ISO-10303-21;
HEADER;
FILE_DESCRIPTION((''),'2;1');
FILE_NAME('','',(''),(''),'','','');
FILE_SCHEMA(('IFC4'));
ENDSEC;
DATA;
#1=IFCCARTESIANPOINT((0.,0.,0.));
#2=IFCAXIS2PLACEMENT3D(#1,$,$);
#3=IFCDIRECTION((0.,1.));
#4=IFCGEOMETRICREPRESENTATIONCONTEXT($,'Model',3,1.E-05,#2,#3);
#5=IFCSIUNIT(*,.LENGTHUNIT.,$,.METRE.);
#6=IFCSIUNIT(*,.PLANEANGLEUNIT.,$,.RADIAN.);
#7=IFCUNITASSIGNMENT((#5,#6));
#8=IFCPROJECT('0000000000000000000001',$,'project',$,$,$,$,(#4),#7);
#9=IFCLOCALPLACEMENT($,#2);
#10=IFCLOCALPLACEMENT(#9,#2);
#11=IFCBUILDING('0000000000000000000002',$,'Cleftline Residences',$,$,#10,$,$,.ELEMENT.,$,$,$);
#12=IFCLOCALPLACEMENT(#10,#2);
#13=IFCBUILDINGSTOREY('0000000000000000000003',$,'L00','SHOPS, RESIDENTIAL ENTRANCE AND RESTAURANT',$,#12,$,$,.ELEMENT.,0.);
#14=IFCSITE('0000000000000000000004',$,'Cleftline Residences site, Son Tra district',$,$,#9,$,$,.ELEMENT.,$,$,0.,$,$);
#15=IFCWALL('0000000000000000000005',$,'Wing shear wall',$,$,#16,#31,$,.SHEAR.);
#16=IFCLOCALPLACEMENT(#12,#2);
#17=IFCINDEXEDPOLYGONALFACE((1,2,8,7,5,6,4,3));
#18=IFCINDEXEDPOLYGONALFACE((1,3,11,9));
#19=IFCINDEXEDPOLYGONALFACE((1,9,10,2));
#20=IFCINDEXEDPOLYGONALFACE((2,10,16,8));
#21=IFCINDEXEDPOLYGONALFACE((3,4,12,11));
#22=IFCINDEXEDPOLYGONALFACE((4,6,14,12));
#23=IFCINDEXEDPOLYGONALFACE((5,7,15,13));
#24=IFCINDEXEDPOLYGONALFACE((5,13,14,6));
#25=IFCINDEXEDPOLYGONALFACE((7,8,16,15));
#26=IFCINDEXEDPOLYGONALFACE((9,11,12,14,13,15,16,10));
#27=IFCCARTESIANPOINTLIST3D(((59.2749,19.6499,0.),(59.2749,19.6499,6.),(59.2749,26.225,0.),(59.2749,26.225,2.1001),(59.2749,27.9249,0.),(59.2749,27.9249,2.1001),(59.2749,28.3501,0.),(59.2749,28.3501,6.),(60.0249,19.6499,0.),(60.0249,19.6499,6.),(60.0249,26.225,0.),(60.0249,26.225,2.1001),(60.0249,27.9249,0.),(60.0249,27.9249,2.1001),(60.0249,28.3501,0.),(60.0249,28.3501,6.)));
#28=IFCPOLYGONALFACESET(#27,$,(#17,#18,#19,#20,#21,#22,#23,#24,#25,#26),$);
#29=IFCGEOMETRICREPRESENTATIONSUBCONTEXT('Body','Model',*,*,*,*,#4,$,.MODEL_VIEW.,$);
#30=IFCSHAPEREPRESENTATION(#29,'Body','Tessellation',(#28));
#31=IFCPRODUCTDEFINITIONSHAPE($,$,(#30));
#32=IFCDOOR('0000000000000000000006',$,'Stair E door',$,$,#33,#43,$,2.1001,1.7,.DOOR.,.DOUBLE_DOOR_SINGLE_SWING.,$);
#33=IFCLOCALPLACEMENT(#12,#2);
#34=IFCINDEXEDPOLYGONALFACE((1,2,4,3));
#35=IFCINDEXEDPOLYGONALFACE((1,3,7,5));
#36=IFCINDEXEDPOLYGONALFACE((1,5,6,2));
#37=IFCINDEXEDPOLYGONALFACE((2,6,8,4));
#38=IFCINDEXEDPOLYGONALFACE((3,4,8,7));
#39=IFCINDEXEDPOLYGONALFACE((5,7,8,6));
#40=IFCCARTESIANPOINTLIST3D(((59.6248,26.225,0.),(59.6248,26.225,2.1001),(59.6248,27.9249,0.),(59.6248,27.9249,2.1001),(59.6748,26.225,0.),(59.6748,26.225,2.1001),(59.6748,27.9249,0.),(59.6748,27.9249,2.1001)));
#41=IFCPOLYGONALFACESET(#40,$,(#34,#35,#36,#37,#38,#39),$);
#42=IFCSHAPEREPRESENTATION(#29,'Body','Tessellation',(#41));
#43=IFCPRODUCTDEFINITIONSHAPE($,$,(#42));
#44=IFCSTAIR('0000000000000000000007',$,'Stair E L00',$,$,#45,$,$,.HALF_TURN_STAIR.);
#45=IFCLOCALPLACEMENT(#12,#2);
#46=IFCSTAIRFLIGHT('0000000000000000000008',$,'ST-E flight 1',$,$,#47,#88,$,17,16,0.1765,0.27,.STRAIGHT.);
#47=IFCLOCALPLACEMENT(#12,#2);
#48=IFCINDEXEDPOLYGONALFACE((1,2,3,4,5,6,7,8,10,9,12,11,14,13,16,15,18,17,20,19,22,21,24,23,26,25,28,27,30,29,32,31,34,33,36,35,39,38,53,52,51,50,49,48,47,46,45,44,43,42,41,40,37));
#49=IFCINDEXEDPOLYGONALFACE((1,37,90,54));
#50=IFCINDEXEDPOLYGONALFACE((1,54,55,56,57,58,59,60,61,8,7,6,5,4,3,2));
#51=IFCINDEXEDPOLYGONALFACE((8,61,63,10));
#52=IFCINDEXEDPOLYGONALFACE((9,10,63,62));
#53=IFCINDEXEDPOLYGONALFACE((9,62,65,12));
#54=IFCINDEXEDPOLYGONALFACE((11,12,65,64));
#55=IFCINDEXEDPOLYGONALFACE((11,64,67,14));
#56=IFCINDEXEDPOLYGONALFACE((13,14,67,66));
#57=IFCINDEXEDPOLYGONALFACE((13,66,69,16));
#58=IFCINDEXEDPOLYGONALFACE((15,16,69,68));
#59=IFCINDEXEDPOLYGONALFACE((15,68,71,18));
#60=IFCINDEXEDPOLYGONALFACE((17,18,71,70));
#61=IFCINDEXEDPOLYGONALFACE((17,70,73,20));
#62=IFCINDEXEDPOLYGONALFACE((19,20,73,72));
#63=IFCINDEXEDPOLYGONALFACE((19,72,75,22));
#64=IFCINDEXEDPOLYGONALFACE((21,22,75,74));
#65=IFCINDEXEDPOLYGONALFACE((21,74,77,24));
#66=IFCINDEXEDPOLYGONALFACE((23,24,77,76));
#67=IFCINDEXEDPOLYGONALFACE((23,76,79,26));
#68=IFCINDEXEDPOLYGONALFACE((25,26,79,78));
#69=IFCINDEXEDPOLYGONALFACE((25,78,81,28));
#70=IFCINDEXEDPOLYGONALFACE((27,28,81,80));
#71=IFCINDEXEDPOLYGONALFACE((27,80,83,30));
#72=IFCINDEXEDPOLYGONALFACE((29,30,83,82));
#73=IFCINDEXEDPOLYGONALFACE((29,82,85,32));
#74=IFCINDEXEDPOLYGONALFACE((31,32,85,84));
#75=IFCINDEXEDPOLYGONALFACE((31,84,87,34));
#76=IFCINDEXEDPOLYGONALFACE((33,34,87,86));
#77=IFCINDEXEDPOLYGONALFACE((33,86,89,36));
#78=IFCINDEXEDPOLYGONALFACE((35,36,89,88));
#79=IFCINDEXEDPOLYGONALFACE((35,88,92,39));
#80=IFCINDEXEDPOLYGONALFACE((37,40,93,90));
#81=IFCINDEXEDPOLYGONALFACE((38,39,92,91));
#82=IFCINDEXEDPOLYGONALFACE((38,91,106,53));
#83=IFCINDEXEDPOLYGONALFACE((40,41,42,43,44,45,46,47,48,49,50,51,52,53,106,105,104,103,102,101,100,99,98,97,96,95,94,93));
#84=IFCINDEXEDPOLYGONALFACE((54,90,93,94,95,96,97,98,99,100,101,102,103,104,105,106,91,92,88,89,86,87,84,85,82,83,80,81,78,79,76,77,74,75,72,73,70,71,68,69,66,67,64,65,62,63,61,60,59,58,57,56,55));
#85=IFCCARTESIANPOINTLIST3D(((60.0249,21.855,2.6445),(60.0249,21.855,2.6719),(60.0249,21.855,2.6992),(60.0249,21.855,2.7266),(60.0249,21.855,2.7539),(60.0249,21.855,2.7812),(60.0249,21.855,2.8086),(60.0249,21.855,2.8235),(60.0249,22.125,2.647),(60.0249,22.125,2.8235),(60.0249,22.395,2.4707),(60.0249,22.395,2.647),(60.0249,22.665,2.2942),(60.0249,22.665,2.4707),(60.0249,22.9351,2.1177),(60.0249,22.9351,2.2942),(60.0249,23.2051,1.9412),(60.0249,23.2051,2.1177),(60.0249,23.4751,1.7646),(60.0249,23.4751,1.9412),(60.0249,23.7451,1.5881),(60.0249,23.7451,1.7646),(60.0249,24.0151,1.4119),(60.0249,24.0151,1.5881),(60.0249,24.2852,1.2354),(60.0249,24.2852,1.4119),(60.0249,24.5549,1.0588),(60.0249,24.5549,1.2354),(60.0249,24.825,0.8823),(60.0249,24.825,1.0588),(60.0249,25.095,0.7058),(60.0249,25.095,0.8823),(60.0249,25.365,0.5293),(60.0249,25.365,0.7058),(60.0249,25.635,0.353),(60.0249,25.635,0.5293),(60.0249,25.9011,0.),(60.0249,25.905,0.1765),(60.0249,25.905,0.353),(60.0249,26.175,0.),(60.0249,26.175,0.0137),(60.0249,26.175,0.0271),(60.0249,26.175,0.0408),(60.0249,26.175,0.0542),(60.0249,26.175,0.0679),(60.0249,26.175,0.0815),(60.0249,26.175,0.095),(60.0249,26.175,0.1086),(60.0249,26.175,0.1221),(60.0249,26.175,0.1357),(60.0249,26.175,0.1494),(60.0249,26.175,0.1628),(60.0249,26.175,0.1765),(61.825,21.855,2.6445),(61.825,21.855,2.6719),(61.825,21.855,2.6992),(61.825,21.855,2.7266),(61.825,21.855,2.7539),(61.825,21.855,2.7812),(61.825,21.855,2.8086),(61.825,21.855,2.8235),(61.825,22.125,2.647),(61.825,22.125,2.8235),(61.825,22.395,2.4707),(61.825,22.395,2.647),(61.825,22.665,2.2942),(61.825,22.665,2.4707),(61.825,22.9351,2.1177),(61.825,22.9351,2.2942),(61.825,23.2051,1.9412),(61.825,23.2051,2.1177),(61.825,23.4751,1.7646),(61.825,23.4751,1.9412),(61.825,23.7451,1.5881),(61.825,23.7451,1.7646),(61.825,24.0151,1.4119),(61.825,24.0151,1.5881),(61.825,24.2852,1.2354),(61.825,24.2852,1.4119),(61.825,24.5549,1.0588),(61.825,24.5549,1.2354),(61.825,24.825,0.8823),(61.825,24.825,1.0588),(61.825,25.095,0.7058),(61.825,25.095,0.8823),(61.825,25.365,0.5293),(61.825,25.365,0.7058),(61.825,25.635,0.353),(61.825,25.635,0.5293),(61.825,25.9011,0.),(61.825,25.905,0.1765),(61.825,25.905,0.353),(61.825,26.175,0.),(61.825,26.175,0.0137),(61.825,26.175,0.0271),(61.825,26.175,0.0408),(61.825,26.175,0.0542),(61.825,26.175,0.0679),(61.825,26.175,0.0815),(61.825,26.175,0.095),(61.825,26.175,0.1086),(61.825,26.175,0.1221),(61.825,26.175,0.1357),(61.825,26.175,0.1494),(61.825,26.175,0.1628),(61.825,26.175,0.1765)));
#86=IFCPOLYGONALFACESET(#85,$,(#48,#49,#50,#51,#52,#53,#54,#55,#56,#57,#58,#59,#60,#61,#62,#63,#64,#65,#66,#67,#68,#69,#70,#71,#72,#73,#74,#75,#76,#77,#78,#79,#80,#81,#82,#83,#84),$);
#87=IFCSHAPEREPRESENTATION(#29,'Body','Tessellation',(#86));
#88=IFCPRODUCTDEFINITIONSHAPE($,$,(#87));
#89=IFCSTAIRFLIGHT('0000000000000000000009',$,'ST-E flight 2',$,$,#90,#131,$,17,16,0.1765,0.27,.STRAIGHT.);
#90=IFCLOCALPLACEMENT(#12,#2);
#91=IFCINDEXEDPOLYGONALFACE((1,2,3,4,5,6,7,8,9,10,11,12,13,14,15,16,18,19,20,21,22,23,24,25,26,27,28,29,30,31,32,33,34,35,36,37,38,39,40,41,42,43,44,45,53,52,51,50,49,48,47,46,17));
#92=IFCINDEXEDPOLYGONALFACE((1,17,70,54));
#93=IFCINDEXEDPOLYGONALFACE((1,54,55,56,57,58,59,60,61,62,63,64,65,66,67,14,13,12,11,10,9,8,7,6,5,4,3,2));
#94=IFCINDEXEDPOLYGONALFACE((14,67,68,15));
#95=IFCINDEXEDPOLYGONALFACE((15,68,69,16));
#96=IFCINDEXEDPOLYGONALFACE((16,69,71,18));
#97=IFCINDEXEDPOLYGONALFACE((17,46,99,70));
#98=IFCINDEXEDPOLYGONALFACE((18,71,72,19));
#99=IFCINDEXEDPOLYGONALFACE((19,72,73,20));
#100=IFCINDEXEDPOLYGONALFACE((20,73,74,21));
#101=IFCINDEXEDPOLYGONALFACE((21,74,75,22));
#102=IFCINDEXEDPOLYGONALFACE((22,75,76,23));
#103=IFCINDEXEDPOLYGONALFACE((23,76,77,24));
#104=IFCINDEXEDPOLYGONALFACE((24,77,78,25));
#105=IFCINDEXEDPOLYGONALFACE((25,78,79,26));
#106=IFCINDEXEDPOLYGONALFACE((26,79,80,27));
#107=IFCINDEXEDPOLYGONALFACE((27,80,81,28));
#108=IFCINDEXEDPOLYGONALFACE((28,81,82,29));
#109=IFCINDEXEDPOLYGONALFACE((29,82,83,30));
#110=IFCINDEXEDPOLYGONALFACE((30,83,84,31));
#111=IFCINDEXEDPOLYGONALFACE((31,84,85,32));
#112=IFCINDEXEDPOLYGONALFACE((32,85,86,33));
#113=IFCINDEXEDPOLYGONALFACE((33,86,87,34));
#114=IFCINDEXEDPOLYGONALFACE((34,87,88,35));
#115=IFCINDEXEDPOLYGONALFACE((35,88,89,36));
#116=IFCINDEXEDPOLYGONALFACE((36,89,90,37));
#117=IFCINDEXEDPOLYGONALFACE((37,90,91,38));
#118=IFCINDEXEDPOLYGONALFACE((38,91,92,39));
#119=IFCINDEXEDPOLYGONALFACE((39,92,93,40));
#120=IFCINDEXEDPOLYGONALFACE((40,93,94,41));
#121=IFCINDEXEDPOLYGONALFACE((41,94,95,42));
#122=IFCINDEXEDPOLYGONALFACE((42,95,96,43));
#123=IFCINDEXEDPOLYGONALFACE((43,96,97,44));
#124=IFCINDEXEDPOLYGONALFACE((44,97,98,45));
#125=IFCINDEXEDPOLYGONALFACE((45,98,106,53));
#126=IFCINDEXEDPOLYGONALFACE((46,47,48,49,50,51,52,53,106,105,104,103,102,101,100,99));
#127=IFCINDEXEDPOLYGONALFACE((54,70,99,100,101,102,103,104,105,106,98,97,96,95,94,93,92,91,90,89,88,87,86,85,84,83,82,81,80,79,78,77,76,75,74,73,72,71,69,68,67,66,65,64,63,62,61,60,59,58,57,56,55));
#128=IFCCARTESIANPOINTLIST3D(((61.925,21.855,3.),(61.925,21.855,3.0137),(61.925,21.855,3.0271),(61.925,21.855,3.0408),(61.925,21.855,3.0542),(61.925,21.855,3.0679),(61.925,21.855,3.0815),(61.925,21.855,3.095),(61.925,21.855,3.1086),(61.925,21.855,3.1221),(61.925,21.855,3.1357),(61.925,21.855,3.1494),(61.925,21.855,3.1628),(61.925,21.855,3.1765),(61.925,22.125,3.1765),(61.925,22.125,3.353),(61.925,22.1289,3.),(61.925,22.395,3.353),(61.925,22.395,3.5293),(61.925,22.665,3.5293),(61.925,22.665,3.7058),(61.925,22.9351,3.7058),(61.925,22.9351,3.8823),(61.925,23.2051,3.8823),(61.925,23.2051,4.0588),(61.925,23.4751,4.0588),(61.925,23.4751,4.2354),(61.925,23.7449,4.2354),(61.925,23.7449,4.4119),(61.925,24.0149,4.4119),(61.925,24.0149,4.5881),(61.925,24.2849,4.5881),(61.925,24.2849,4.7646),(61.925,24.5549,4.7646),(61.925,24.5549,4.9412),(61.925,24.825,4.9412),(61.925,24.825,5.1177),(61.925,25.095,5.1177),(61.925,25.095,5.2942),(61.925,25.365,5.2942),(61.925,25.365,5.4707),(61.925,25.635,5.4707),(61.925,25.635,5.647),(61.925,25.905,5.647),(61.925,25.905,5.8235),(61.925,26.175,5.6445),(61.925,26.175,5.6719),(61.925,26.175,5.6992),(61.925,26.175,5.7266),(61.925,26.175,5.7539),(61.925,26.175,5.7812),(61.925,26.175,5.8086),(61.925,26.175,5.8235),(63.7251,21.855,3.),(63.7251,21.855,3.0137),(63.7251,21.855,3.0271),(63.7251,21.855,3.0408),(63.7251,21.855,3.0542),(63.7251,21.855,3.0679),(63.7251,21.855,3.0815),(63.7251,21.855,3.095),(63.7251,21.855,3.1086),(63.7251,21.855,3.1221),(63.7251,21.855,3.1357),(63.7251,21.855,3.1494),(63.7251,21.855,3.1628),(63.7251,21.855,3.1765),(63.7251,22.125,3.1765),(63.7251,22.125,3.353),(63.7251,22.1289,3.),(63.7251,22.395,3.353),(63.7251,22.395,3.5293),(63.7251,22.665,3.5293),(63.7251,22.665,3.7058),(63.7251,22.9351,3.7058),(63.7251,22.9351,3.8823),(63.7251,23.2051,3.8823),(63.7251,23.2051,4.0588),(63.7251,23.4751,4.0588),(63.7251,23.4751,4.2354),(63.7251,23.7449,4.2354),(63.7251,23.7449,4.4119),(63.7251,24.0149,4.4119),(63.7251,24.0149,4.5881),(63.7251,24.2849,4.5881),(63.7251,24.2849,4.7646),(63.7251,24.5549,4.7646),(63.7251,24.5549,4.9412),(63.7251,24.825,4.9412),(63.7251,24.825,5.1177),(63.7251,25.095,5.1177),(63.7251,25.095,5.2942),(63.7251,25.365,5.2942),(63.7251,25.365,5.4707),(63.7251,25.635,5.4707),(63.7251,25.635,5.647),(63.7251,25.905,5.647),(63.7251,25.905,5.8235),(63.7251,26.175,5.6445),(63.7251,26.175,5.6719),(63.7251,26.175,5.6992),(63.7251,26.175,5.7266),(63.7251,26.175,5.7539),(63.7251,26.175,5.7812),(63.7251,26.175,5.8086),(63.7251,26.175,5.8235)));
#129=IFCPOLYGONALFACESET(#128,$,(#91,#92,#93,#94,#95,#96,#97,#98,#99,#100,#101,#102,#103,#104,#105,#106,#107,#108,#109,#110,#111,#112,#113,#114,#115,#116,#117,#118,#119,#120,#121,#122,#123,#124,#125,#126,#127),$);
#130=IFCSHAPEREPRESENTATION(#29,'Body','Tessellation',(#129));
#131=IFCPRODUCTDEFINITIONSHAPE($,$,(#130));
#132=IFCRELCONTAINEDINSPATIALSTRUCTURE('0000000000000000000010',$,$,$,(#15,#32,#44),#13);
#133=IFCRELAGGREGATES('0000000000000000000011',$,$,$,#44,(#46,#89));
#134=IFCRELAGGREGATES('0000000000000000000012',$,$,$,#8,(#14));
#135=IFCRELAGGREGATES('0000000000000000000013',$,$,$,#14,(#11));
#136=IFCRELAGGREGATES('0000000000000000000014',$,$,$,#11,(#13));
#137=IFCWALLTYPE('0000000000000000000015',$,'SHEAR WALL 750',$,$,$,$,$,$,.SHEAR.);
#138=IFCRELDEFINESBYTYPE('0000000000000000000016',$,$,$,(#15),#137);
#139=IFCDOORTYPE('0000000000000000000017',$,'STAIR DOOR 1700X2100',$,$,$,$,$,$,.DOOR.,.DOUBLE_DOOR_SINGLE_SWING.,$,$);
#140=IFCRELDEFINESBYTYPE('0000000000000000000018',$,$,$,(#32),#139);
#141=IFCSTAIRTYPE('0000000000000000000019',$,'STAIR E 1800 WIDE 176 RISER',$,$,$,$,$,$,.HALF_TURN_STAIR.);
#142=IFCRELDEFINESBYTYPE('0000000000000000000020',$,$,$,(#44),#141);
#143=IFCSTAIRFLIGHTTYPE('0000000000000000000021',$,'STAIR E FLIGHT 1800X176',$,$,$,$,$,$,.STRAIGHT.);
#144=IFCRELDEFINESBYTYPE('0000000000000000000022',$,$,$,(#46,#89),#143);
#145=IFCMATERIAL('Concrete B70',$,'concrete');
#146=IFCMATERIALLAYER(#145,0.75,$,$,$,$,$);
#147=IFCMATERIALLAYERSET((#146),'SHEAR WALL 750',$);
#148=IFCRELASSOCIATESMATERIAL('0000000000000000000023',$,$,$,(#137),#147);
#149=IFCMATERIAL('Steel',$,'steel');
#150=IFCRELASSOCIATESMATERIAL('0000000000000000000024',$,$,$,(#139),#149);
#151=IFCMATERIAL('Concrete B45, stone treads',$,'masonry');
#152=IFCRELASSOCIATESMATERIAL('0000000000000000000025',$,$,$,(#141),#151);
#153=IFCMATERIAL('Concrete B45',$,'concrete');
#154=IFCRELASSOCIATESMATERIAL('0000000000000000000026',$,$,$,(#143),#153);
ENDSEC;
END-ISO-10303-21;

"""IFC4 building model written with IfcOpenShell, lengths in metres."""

from ifc_helpers import new_model, si_unit, direction, frame, frame_2d, origin, place, context, subcontext, project, spatial, polyline, rectangle, outline, extrude, material, layer, layer_set, type_object, element, fill, aggregate, save


model = new_model("IFC4")

# Units and contexts
model_context = context("Model", 3, precision=1e-05, world=origin(), true_north=direction((0.0, 1.0)))
body_context = subcontext(model_context, "Body", "Model", "MODEL_VIEW")
ifc_project = project(units=[si_unit("LENGTHUNIT", "METRE"), si_unit("PLANEANGLEUNIT", "RADIAN")], contexts=[model_context])

# Site, building, storey
site_placement = place(None, origin())
site = spatial("IfcSite", under=ifc_project, at=site_placement, Name="Cleftline Residences site, Son Tra district", CompositionType="ELEMENT", RefElevation=0.0)
building_placement = place(site_placement, origin())
building = spatial("IfcBuilding", under=site, at=building_placement, Name="Cleftline Residences", CompositionType="ELEMENT")
storey_placement = place(building_placement, origin())
storey = spatial("IfcBuildingStorey", under=building, at=storey_placement, Name="L00", Description="SHOPS, RESIDENTIAL ENTRANCE AND RESTAURANT", CompositionType="ELEMENT", Elevation=0.0)

# Shared definitions
ifc_material_1 = material(Name="Concrete B70", Category="concrete")
ifc_layer_1 = layer(ifc_material_1, 0.75)
ifc_layer_set_1 = layer_set([ifc_layer_1], Name="SHEAR WALL 750")
wall_type_1 = type_object("IfcWallType", Name="SHEAR WALL 750", PredefinedType="SHEAR", material=ifc_layer_set_1)

# Wall, opening, door
wall_1_placement = place(storey_placement, frame((59.6499, 28.3501, 0.0), z_axis=(0.0, 0.0, 1.0), x_axis=(0.0, -1.0, 0.0)))
wall_1 = element("IfcWall", 1, at=wall_1_placement, inside=storey, type_object=wall_type_1, Name="Wing shear wall", PredefinedType="SHEAR", context=body_context, shape_type="SweptSolid", body=[
    extrude(rectangle(XDim=8.7002, YDim=0.75, at=frame_2d((4.3501, 0.0))), origin(), (0.0, 0.0, 1.0), 6.0),
])
opening_1_placement = place(wall_1_placement, frame((0.425, 0.0, 0.0)))
opening_1 = element("IfcOpeningElement", 2, at=opening_1_placement, cuts=wall_1, PredefinedType="OPENING", context=body_context, shape_type="SweptSolid", body=[
    extrude(rectangle(XDim=1.7, YDim=2.1001, at=frame_2d((0.8501, 1.05))), frame((0.0, 0.385, 0.0), z_axis=(0.0, -1.0, 0.0), x_axis=(1.0, 0.0, 0.0)), (0.0, 0.0, 1.0), 0.77),
])
ifc_material_2 = material(Name="Steel", Category="steel")
door_type_1 = type_object("IfcDoorType", Name="STAIR DOOR 1700X2100", OperationType="DOUBLE_DOOR_SINGLE_SWING", PredefinedType="DOOR", material=ifc_material_2)
door_1_placement = place(opening_1_placement, origin())
door_1 = element("IfcDoor", 3, at=door_1_placement, inside=storey, type_object=door_type_1, Name="Stair E door", OperationType="DOUBLE_DOOR_SINGLE_SWING", OverallHeight=2.1001, OverallWidth=1.7, PredefinedType="DOOR", context=body_context, shape_type="SweptSolid", body=[
    extrude(rectangle(XDim=1.7, YDim=2.1001, at=frame_2d((0.8501, 1.05))), frame((0.0, 0.0249, 0.0), z_axis=(0.0, -1.0, 0.0), x_axis=(1.0, 0.0, 0.0)), (0.0, 0.0, 1.0), 0.05),
])
fill(opening_1, door_1)

# Stair, stair flights
ifc_material_3 = material(Name="Concrete B45, stone treads", Category="masonry")
stair_type = type_object("IfcStairType", Name="STAIR E 1800 WIDE 176 RISER", PredefinedType="HALF_TURN_STAIR", material=ifc_material_3)
stair_placement = place(storey_placement, origin())
stair = element("IfcStair", 4, at=stair_placement, inside=storey, type_object=stair_type, Name="Stair E L00", PredefinedType="HALF_TURN_STAIR")
ifc_material_4 = material(Name="Concrete B45", Category="concrete")
stair_flight_type = type_object("IfcStairFlightType", Name="STAIR E FLIGHT 1800X176", PredefinedType="STRAIGHT", material=ifc_material_4)
stair_flight_1_placement = place(storey_placement, frame((60.925, 26.175, 0.0), z_axis=(0.0, 0.0, 1.0), x_axis=(0.0, -1.0, 0.0)))
stair_flight_1 = element("IfcStairFlight", 5, at=stair_flight_1_placement, type_object=stair_flight_type, Name="ST-E flight 1", NumberOfRisers=17, NumberOfTreads=16, PredefinedType="STRAIGHT", RiserHeight=0.1765, TreadLength=0.27, context=body_context, shape_type="SweptSolid", body=[
    extrude(outline(polyline([(0.0, 0.0), (0.0, 0.0137), (0.0, 0.0271), (0.0, 0.0408), (0.0, 0.0542), (0.0, 0.0679), (0.0, 0.0815), (0.0, 0.095), (0.0, 0.1086), (0.0, 0.1221), (0.0, 0.1357), (0.0, 0.1494), (0.0, 0.1628), (0.0, 0.1765), (0.27, 0.1765), (0.27, 0.353), (0.54, 0.353), (0.54, 0.5293), (0.8101, 0.5293), (0.8101, 0.7058), (1.0801, 0.7058), (1.0801, 0.8823), (1.3501, 0.8823), (1.3501, 1.0588), (1.6201, 1.0588), (1.6201, 1.2354), (1.8899, 1.2354), (1.8899, 1.4119), (2.1599, 1.4119), (2.1599, 1.5881), (2.4299, 1.5881), (2.4299, 1.7646), (2.7, 1.7646), (2.7, 1.9412), (2.97, 1.9412), (2.97, 2.1177), (3.24, 2.1177), (3.24, 2.2942), (3.51, 2.2942), (3.51, 2.4707), (3.78, 2.4707), (3.78, 2.647), (4.05, 2.647), (4.05, 2.8235), (4.3201, 2.8235), (4.3201, 3.0), (4.3201, 2.9727), (4.3201, 2.9453), (4.3201, 2.918), (4.3201, 2.8906), (4.3201, 2.8633), (4.3201, 2.8359), (4.3201, 2.8086), (4.3201, 2.7812), (4.3201, 2.7539), (4.3201, 2.7266), (4.3201, 2.6992), (4.3201, 2.6719), (4.3201, 2.6445), (0.2739, 0.0), (0.0, 0.0)])), frame((0.0, 0.8999, 0.0), z_axis=(0.0, -1.0, 0.0), x_axis=(1.0, 0.0, 0.0)), (0.0, 0.0, 1.0), 1.8),
])
stair_flight_2_placement = place(storey_placement, frame((62.825, 21.855, 3.0), z_axis=(0.0, 0.0, 1.0), x_axis=(0.0, 1.0, 0.0)))
stair_flight_2 = element("IfcStairFlight", 6, at=stair_flight_2_placement, type_object=stair_flight_type, Name="ST-E flight 2", NumberOfRisers=17, NumberOfTreads=16, PredefinedType="STRAIGHT", RiserHeight=0.1765, TreadLength=0.27, context=body_context, shape_type="SweptSolid", body=[
    extrude(outline(polyline([(0.0, 0.0), (0.0, 0.0137), (0.0, 0.0271), (0.0, 0.0408), (0.0, 0.0542), (0.0, 0.0679), (0.0, 0.0815), (0.0, 0.095), (0.0, 0.1086), (0.0, 0.1221), (0.0, 0.1357), (0.0, 0.1494), (0.0, 0.1628), (0.0, 0.1765), (0.27, 0.1765), (0.27, 0.353), (0.54, 0.353), (0.54, 0.5293), (0.8101, 0.5293), (0.8101, 0.7058), (1.0801, 0.7058), (1.0801, 0.8823), (1.3501, 0.8823), (1.3501, 1.0588), (1.6201, 1.0588), (1.6201, 1.2354), (1.8899, 1.2354), (1.8899, 1.4119), (2.1599, 1.4119), (2.1599, 1.5881), (2.4299, 1.5881), (2.4299, 1.7646), (2.7, 1.7646), (2.7, 1.9412), (2.97, 1.9412), (2.97, 2.1177), (3.24, 2.1177), (3.24, 2.2942), (3.51, 2.2942), (3.51, 2.4707), (3.78, 2.4707), (3.78, 2.647), (4.05, 2.647), (4.05, 2.8235), (4.3201, 2.8235), (4.3201, 3.0), (4.3201, 2.9727), (4.3201, 2.9453), (4.3201, 2.918), (4.3201, 2.8906), (4.3201, 2.8633), (4.3201, 2.8359), (4.3201, 2.8086), (4.3201, 2.7812), (4.3201, 2.7539), (4.3201, 2.7266), (4.3201, 2.6992), (4.3201, 2.6719), (4.3201, 2.6445), (0.2739, 0.0), (0.0, 0.0)])), frame((0.0, 0.8999, 0.0), z_axis=(0.0, -1.0, 0.0), x_axis=(1.0, 0.0, 0.0)), (0.0, 0.0, 1.0), 1.8),
])
aggregate(stair, [stair_flight_1, stair_flight_2])

save(model, "model.ifc")
